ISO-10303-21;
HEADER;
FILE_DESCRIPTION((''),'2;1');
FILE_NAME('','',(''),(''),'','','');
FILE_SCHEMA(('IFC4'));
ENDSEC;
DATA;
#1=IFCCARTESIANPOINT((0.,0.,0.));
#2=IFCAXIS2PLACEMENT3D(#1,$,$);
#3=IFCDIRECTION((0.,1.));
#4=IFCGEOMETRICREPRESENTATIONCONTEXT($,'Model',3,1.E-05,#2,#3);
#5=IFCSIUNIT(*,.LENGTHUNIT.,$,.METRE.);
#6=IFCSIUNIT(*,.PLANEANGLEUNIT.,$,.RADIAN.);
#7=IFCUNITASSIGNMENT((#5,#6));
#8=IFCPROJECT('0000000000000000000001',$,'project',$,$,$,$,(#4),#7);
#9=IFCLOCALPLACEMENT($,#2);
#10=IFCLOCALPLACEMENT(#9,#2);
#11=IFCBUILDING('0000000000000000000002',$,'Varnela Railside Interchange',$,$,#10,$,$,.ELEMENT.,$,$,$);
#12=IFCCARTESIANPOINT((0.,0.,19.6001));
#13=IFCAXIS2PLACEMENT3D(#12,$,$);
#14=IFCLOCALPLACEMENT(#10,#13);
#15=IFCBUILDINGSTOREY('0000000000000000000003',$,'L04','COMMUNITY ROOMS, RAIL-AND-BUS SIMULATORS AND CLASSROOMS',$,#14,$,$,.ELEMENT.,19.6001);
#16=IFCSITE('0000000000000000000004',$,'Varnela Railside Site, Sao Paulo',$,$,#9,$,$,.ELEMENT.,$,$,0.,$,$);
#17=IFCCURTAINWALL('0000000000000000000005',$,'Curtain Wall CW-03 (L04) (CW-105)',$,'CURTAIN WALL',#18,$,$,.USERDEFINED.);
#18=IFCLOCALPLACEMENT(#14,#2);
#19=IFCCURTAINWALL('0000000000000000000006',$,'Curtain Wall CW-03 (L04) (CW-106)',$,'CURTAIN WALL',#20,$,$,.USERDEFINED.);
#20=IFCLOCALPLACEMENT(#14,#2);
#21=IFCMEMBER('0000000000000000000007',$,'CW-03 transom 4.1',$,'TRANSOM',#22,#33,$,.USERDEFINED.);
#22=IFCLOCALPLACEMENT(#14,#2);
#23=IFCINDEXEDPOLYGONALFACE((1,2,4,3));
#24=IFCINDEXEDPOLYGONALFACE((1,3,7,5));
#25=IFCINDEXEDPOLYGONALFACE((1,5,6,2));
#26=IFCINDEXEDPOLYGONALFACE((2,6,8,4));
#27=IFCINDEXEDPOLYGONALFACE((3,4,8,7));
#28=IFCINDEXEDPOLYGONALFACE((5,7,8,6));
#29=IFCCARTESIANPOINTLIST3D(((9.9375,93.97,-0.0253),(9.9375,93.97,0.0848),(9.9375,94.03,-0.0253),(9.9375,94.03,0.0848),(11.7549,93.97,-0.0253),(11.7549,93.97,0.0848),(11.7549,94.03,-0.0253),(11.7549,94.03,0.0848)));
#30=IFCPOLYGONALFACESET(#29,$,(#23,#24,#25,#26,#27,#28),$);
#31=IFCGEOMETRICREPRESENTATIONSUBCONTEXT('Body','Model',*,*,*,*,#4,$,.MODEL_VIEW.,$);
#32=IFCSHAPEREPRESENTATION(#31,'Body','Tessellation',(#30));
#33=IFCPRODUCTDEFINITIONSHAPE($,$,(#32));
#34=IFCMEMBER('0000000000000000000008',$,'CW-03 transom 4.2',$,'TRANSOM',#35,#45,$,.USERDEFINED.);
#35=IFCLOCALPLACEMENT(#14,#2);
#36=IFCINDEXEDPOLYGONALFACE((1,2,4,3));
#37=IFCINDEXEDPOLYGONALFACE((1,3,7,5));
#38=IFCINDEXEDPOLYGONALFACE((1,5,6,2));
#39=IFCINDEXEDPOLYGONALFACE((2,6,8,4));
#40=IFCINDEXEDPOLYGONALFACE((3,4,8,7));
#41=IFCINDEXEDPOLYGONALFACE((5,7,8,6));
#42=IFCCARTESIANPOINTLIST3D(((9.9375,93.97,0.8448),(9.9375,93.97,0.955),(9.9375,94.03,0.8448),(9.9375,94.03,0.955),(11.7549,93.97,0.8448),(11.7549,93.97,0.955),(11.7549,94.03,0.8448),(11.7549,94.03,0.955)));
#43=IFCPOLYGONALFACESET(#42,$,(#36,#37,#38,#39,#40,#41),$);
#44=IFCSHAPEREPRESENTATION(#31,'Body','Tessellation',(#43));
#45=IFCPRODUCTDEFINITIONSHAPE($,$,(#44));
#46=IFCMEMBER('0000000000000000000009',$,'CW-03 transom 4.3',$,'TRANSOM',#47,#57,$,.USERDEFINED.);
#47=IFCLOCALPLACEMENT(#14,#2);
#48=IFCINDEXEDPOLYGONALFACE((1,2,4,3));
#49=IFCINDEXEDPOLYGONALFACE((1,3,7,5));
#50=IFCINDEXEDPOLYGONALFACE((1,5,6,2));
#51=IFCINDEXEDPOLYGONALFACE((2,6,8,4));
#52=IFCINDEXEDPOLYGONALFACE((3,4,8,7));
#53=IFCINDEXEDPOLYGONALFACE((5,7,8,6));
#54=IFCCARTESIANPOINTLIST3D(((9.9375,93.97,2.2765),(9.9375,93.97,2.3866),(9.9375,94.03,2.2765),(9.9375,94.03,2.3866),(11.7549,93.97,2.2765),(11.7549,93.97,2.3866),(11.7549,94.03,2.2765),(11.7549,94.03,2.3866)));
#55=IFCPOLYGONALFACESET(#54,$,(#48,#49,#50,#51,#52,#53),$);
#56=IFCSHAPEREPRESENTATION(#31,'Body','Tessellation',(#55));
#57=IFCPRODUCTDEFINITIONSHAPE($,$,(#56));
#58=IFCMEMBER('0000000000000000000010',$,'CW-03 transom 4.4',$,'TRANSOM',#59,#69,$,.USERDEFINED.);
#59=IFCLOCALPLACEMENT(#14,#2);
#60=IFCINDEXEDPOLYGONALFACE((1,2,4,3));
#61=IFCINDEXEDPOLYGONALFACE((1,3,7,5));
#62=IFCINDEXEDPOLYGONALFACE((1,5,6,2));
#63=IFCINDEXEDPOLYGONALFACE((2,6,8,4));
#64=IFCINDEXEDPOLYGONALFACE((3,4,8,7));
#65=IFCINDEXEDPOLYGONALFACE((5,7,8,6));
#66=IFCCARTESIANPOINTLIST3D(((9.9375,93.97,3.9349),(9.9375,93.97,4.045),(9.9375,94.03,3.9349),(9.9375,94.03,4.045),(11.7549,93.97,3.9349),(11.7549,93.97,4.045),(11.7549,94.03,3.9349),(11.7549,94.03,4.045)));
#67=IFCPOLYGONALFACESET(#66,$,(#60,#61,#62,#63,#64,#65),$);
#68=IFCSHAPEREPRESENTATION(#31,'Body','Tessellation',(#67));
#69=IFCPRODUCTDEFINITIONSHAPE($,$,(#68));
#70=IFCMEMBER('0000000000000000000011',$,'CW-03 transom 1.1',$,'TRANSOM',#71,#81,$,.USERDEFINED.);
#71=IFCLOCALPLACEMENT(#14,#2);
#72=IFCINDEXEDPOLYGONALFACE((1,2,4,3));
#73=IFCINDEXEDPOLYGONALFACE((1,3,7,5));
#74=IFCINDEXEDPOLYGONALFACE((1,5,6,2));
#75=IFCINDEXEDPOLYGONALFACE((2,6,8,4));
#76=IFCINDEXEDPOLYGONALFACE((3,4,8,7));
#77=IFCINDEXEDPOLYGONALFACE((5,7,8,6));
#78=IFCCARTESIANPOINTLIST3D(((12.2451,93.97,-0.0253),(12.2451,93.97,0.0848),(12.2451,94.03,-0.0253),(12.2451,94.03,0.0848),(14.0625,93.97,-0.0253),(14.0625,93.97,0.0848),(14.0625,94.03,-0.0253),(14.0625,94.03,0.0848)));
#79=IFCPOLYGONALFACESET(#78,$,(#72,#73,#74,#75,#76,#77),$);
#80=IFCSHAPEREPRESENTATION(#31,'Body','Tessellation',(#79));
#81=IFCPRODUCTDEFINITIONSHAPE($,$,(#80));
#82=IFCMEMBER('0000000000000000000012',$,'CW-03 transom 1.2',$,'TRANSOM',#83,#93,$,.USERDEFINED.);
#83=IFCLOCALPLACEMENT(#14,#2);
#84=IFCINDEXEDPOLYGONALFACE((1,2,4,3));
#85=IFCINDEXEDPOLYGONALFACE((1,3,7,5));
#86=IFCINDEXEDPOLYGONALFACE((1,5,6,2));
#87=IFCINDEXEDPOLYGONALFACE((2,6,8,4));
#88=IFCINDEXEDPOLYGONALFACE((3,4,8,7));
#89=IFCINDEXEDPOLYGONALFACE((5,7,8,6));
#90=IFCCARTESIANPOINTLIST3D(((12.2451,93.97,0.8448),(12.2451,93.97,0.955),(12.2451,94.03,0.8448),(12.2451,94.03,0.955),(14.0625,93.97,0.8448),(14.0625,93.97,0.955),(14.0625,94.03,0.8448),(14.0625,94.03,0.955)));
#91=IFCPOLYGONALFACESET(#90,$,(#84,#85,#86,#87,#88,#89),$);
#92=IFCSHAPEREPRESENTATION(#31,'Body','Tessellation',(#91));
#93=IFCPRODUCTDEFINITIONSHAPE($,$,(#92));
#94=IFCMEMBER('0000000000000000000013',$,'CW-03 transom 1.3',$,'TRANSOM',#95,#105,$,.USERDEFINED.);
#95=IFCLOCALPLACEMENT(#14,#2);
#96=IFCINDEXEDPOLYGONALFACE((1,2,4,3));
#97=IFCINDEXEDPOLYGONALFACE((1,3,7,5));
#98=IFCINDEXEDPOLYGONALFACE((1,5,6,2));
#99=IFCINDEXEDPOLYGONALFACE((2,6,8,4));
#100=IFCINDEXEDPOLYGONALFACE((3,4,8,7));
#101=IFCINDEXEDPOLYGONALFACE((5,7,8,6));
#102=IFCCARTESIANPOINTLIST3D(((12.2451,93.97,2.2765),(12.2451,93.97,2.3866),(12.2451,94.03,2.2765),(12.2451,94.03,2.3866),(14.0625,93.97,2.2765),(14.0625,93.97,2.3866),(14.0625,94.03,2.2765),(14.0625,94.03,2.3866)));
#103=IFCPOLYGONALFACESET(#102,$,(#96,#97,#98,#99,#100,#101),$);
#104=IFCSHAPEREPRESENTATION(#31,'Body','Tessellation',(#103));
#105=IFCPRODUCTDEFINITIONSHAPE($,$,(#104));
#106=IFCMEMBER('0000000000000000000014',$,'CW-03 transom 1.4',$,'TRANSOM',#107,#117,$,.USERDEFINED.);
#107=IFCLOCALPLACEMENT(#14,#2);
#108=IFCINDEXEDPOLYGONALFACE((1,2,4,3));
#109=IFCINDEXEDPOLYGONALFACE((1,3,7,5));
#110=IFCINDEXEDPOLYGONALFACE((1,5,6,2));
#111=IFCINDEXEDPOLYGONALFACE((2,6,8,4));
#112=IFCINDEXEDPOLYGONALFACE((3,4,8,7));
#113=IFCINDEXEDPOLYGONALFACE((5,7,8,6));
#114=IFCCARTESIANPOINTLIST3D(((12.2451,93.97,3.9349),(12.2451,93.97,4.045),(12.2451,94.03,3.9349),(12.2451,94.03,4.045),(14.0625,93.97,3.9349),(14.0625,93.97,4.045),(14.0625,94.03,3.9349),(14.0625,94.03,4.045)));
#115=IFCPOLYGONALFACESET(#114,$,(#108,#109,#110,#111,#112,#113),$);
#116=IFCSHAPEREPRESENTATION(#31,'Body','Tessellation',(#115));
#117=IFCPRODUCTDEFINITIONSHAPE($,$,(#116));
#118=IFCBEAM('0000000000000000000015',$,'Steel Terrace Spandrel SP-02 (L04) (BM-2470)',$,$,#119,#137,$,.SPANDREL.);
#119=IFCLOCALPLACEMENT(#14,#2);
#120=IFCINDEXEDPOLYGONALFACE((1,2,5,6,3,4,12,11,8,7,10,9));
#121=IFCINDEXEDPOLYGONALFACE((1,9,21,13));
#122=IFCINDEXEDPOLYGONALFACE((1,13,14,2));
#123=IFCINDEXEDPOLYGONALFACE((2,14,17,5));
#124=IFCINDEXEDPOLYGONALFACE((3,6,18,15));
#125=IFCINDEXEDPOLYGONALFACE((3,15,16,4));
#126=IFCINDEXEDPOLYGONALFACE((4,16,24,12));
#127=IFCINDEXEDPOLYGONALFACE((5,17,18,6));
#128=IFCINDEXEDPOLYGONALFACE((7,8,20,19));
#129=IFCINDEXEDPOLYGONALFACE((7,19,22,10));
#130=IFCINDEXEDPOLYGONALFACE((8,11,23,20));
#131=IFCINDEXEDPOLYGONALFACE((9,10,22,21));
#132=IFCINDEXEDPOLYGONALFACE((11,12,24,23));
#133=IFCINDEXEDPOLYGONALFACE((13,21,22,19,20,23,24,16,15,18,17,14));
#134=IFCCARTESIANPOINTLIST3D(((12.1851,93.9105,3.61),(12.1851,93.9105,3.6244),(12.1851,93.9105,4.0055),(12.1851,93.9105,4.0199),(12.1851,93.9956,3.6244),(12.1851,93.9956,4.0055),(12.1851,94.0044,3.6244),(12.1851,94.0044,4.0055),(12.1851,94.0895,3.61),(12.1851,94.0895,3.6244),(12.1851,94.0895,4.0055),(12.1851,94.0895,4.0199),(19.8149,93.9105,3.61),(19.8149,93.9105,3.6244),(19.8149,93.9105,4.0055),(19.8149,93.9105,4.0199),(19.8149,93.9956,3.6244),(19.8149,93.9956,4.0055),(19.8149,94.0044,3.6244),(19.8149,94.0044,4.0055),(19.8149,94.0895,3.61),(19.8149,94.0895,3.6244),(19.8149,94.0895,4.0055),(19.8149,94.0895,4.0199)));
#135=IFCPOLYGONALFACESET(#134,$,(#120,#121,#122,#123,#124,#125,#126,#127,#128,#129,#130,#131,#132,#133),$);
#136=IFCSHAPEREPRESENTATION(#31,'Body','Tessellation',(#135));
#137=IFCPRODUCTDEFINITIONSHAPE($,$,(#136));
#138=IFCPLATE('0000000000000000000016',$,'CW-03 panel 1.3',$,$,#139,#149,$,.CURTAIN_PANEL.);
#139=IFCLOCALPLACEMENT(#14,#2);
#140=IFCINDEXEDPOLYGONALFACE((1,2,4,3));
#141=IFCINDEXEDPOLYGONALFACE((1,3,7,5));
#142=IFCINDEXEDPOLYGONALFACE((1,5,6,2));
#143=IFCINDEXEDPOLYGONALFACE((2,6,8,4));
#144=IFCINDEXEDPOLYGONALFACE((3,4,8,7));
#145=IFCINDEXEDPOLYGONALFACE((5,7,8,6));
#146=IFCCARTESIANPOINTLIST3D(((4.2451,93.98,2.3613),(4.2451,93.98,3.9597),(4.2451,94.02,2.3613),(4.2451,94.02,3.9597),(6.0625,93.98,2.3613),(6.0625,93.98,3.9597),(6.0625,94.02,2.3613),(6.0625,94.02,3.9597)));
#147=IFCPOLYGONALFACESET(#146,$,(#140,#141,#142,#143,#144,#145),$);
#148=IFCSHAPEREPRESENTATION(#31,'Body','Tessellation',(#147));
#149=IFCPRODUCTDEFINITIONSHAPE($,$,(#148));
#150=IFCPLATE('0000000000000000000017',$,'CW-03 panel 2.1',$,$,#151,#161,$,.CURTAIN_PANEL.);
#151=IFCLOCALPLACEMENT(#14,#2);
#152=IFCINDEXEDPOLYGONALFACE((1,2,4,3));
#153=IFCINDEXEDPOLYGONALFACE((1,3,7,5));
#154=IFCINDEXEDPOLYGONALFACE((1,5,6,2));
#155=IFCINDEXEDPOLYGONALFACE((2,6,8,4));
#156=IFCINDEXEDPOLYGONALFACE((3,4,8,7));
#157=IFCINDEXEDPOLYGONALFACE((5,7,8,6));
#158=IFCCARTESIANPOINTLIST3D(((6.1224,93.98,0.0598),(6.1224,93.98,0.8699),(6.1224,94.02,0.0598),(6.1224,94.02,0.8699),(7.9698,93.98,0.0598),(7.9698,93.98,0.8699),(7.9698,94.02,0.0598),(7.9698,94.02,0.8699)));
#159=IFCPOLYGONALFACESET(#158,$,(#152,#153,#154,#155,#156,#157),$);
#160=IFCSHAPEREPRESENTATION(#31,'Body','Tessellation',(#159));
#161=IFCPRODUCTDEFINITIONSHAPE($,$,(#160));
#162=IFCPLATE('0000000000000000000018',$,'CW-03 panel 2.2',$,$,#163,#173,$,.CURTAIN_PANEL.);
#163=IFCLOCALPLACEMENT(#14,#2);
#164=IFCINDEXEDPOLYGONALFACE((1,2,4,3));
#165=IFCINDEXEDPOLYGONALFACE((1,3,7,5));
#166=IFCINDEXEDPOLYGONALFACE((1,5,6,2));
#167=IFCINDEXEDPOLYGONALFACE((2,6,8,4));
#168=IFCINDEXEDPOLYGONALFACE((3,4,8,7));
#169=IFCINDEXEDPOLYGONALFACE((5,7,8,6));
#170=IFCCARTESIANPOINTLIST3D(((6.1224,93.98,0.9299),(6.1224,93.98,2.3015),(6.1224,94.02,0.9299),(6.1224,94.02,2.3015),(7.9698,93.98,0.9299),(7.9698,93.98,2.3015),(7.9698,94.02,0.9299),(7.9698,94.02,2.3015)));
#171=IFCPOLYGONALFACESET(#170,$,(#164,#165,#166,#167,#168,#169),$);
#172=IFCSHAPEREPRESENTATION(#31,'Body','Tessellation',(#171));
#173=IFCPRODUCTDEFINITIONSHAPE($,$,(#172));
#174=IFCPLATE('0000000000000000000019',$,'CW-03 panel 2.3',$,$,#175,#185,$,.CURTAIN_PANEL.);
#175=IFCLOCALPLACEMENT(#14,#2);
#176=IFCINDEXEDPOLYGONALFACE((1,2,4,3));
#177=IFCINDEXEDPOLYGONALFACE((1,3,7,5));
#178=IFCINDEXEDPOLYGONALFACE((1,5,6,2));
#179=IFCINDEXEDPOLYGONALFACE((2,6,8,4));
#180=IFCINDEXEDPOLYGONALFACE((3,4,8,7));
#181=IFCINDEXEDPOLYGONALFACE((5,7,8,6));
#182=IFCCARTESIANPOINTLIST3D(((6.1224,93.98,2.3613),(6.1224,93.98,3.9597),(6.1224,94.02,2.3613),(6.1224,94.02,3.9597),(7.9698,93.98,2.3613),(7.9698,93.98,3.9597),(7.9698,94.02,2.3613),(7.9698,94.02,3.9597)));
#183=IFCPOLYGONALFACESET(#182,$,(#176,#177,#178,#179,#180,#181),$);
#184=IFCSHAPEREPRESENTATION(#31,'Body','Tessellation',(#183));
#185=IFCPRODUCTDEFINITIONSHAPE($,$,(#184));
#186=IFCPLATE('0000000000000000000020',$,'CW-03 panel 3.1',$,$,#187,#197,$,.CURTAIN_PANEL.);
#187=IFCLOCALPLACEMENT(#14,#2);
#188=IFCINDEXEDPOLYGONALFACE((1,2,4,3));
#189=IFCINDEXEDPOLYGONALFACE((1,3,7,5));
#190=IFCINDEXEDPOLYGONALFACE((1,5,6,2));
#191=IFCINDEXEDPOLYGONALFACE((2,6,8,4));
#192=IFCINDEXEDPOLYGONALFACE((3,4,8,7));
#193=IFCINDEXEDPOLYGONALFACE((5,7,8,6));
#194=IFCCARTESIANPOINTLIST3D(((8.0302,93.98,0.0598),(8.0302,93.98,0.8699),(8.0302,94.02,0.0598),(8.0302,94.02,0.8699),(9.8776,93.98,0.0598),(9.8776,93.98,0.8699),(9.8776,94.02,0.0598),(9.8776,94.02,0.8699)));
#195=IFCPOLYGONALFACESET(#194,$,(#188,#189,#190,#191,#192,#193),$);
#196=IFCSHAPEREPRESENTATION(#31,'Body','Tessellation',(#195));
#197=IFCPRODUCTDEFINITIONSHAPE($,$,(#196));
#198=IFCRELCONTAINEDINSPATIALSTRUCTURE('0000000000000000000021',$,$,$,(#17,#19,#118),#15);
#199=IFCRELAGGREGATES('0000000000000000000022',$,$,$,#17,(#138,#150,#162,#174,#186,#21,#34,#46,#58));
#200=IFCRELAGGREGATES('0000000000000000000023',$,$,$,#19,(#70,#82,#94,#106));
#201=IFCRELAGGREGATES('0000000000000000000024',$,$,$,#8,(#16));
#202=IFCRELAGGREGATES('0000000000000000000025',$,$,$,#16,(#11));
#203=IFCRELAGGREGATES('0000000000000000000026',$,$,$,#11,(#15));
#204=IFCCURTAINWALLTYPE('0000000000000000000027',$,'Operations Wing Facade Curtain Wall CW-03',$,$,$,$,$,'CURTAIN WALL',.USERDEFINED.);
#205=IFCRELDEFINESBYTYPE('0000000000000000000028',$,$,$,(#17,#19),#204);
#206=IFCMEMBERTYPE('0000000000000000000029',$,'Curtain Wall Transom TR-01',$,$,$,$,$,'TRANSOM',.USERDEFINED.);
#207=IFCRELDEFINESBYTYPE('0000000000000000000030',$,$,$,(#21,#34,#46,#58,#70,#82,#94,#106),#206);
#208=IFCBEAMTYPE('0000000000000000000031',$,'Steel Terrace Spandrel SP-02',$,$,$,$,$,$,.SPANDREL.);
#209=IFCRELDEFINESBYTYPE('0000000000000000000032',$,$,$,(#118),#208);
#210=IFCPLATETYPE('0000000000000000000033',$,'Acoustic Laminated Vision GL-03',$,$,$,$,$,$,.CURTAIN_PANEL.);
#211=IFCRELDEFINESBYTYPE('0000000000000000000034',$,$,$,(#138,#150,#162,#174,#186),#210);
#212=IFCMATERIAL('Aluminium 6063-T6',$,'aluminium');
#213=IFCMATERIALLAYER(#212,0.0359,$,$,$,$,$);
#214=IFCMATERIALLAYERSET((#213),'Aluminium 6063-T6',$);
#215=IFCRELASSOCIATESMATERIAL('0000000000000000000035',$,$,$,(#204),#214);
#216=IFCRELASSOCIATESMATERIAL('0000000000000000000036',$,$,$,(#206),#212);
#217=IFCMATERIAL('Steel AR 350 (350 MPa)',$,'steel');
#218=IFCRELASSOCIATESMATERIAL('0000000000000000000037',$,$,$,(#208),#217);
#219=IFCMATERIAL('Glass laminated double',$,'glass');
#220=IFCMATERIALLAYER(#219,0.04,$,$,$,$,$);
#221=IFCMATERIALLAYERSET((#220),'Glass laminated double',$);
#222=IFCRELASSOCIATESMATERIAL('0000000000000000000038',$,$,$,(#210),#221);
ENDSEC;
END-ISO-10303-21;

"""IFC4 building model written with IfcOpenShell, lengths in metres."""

from ifc_helpers import new_model, si_unit, direction, frame, origin, origin_2d, place, context, subcontext, project, spatial, rectangle, i_section, extrude, material, layer, layer_set, material_profile, profile_set, type_object, element, aggregate, save


model = new_model("IFC4")

# Units and contexts
model_context = context("Model", 3, precision=1e-05, world=origin(), true_north=direction((0.0, 1.0)))
body_context = subcontext(model_context, "Body", "Model", "MODEL_VIEW")
ifc_project = project(units=[si_unit("LENGTHUNIT", "METRE"), si_unit("PLANEANGLEUNIT", "RADIAN")], contexts=[model_context])

# Site, building, storey
site_placement = place(None, origin())
site = spatial("IfcSite", under=ifc_project, at=site_placement, Name="Varnela Railside Site, Sao Paulo", CompositionType="ELEMENT", RefElevation=0.0)
building_placement = place(site_placement, origin())
building = spatial("IfcBuilding", under=site, at=building_placement, Name="Varnela Railside Interchange", CompositionType="ELEMENT")
storey_placement = place(building_placement, frame((0.0, 0.0, 19.6001)))
storey = spatial("IfcBuildingStorey", under=building, at=storey_placement, Name="L04", Description="COMMUNITY ROOMS, RAIL-AND-BUS SIMULATORS AND CLASSROOMS", CompositionType="ELEMENT", Elevation=19.6001)

# Shared definitions
ifc_material_1 = material(Name="Steel AR 350 (350 MPa)", Category="steel")

# Curtain wall
ifc_material_2 = material(Name="Aluminium 6063-T6", Category="aluminium")
ifc_layer_1 = layer(ifc_material_2, 0.0359)
ifc_layer_set_1 = layer_set([ifc_layer_1], Name="Aluminium 6063-T6")
curtain_wall_type = type_object("IfcCurtainWallType", Name="Operations Wing Facade Curtain Wall CW-03", ElementType="CURTAIN WALL", PredefinedType="USERDEFINED", material=ifc_layer_set_1)
curtain_wall_1_placement = place(storey_placement, origin())
curtain_wall_1 = element("IfcCurtainWall", 1, at=curtain_wall_1_placement, inside=storey, type_object=curtain_wall_type, Name="Curtain Wall CW-03 (L04) (CW-105)", ObjectType="CURTAIN WALL", PredefinedType="USERDEFINED")

# Curtain wall
curtain_wall_2_placement = place(storey_placement, origin())
curtain_wall_2 = element("IfcCurtainWall", 2, at=curtain_wall_2_placement, inside=storey, type_object=curtain_wall_type, Name="Curtain Wall CW-03 (L04) (CW-106)", ObjectType="CURTAIN WALL", PredefinedType="USERDEFINED")

# Members
ifc_material_profile_1 = material_profile(ifc_material_2, rectangle(XDim=0.0601, YDim=0.1101, at=origin_2d()), Name="ALU 60x110")
ifc_profile_set_1 = profile_set([ifc_material_profile_1], Name="Aluminium 6063-T6")
member_type_1 = type_object("IfcMemberType", Name="Curtain Wall Transom TR-01", ElementType="TRANSOM", PredefinedType="USERDEFINED", material=ifc_profile_set_1)
member_1_placement = place(storey_placement, frame((9.9375, 94.0, 0.0298), z_axis=(1.0, 0.0, 0.0), x_axis=(0.0, 1.0, 0.0)))
member_1 = element("IfcMember", 3, at=member_1_placement, type_object=member_type_1, Name="CW-03 transom 4.1", ObjectType="TRANSOM", PredefinedType="USERDEFINED", context=body_context, shape_type="SweptSolid", body=[
    extrude(rectangle(XDim=0.0601, YDim=0.1101, at=origin_2d()), origin(), (0.0, 0.0, 1.0), 1.8174),
])
member_2_placement = place(storey_placement, frame((9.9375, 94.0, 0.8999), z_axis=(1.0, 0.0, 0.0), x_axis=(0.0, 1.0, 0.0)))
member_2 = element("IfcMember", 4, at=member_2_placement, type_object=member_type_1, Name="CW-03 transom 4.2", ObjectType="TRANSOM", PredefinedType="USERDEFINED", context=body_context, shape_type="SweptSolid", body=[
    extrude(rectangle(XDim=0.0601, YDim=0.1101, at=origin_2d()), origin(), (0.0, 0.0, 1.0), 1.8174),
])
member_3_placement = place(storey_placement, frame((9.9375, 94.0, 2.3315), z_axis=(1.0, 0.0, 0.0), x_axis=(0.0, 1.0, 0.0)))
member_3 = element("IfcMember", 5, at=member_3_placement, type_object=member_type_1, Name="CW-03 transom 4.3", ObjectType="TRANSOM", PredefinedType="USERDEFINED", context=body_context, shape_type="SweptSolid", body=[
    extrude(rectangle(XDim=0.0601, YDim=0.1101, at=origin_2d()), origin(), (0.0, 0.0, 1.0), 1.8174),
])
member_4_placement = place(storey_placement, frame((9.9375, 94.0, 3.99), z_axis=(1.0, 0.0, 0.0), x_axis=(0.0, 1.0, 0.0)))
member_4 = element("IfcMember", 6, at=member_4_placement, type_object=member_type_1, Name="CW-03 transom 4.4", ObjectType="TRANSOM", PredefinedType="USERDEFINED", context=body_context, shape_type="SweptSolid", body=[
    extrude(rectangle(XDim=0.0601, YDim=0.1101, at=origin_2d()), origin(), (0.0, 0.0, 1.0), 1.8174),
])
member_5_placement = place(storey_placement, frame((12.2451, 94.0, 0.0298), z_axis=(1.0, 0.0, 0.0), x_axis=(0.0, 1.0, 0.0)))
member_5 = element("IfcMember", 7, at=member_5_placement, type_object=member_type_1, Name="CW-03 transom 1.1", ObjectType="TRANSOM", PredefinedType="USERDEFINED", context=body_context, shape_type="SweptSolid", body=[
    extrude(rectangle(XDim=0.0601, YDim=0.1101, at=origin_2d()), origin(), (0.0, 0.0, 1.0), 1.8174),
])
member_6_placement = place(storey_placement, frame((12.2451, 94.0, 0.8999), z_axis=(1.0, 0.0, 0.0), x_axis=(0.0, 1.0, 0.0)))
member_6 = element("IfcMember", 8, at=member_6_placement, type_object=member_type_1, Name="CW-03 transom 1.2", ObjectType="TRANSOM", PredefinedType="USERDEFINED", context=body_context, shape_type="SweptSolid", body=[
    extrude(rectangle(XDim=0.0601, YDim=0.1101, at=origin_2d()), origin(), (0.0, 0.0, 1.0), 1.8174),
])
member_7_placement = place(storey_placement, frame((12.2451, 94.0, 2.3315), z_axis=(1.0, 0.0, 0.0), x_axis=(0.0, 1.0, 0.0)))
member_7 = element("IfcMember", 9, at=member_7_placement, type_object=member_type_1, Name="CW-03 transom 1.3", ObjectType="TRANSOM", PredefinedType="USERDEFINED", context=body_context, shape_type="SweptSolid", body=[
    extrude(rectangle(XDim=0.0601, YDim=0.1101, at=origin_2d()), origin(), (0.0, 0.0, 1.0), 1.8174),
])
member_8_placement = place(storey_placement, frame((12.2451, 94.0, 3.99), z_axis=(1.0, 0.0, 0.0), x_axis=(0.0, 1.0, 0.0)))
member_8 = element("IfcMember", 10, at=member_8_placement, type_object=member_type_1, Name="CW-03 transom 1.4", ObjectType="TRANSOM", PredefinedType="USERDEFINED", context=body_context, shape_type="SweptSolid", body=[
    extrude(rectangle(XDim=0.0601, YDim=0.1101, at=origin_2d()), origin(), (0.0, 0.0, 1.0), 1.8174),
])

# Beam
ifc_material_profile_2 = material_profile(ifc_material_1, i_section(OverallWidth=0.179, OverallDepth=0.4099, WebThickness=0.0088, FlangeThickness=0.0144, at=origin_2d()), Name="W410x67")
ifc_profile_set_2 = profile_set([ifc_material_profile_2], Name="Steel AR 350 (350 MPa)")
beam_type = type_object("IfcBeamType", Name="Steel Terrace Spandrel SP-02", PredefinedType="SPANDREL", material=ifc_profile_set_2)
beam_placement = place(storey_placement, frame((12.1851, 94.0, 3.8149), z_axis=(1.0, 0.0, 0.0), x_axis=(0.0, 1.0, 0.0)))
element("IfcBeam", 11, at=beam_placement, inside=storey, type_object=beam_type, Name="Steel Terrace Spandrel SP-02 (L04) (BM-2470)", PredefinedType="SPANDREL", context=body_context, shape_type="SweptSolid", body=[
    extrude(i_section(OverallWidth=0.179, OverallDepth=0.4099, WebThickness=0.0088, FlangeThickness=0.0144, at=origin_2d()), origin(), (0.0, 0.0, 1.0), 7.6299),
])

# Plates
ifc_material_3 = material(Name="Glass laminated double", Category="glass")
ifc_layer_2 = layer(ifc_material_3, 0.04)
ifc_layer_set_2 = layer_set([ifc_layer_2], Name="Glass laminated double")
plate_type = type_object("IfcPlateType", Name="Acoustic Laminated Vision GL-03", PredefinedType="CURTAIN_PANEL", material=ifc_layer_set_2)
plate_1_placement = place(storey_placement, frame((5.1538, 94.0, 2.3613), z_axis=(0.0, 0.0, 1.0), x_axis=(1.0, 0.0, 0.0)))
plate_1 = element("IfcPlate", 12, at=plate_1_placement, type_object=plate_type, Name="CW-03 panel 1.3", PredefinedType="CURTAIN_PANEL", context=body_context, shape_type="SweptSolid", body=[
    extrude(rectangle(XDim=1.8174, YDim=0.04, at=origin_2d()), origin(), (0.0, 0.0, 1.0), 1.5984),
])
plate_2_placement = place(storey_placement, frame((7.0461, 94.0, 0.0598), z_axis=(0.0, 0.0, 1.0), x_axis=(1.0, 0.0, 0.0)))
plate_2 = element("IfcPlate", 13, at=plate_2_placement, type_object=plate_type, Name="CW-03 panel 2.1", PredefinedType="CURTAIN_PANEL", context=body_context, shape_type="SweptSolid", body=[
    extrude(rectangle(XDim=1.8474, YDim=0.04, at=origin_2d()), origin(), (0.0, 0.0, 1.0), 0.8101),
])
plate_3_placement = place(storey_placement, frame((7.0461, 94.0, 0.9299), z_axis=(0.0, 0.0, 1.0), x_axis=(1.0, 0.0, 0.0)))
plate_3 = element("IfcPlate", 14, at=plate_3_placement, type_object=plate_type, Name="CW-03 panel 2.2", PredefinedType="CURTAIN_PANEL", context=body_context, shape_type="SweptSolid", body=[
    extrude(rectangle(XDim=1.8474, YDim=0.04, at=origin_2d()), origin(), (0.0, 0.0, 1.0), 1.3716),
])
plate_4_placement = place(storey_placement, frame((7.0461, 94.0, 2.3613), z_axis=(0.0, 0.0, 1.0), x_axis=(1.0, 0.0, 0.0)))
plate_4 = element("IfcPlate", 15, at=plate_4_placement, type_object=plate_type, Name="CW-03 panel 2.3", PredefinedType="CURTAIN_PANEL", context=body_context, shape_type="SweptSolid", body=[
    extrude(rectangle(XDim=1.8474, YDim=0.04, at=origin_2d()), origin(), (0.0, 0.0, 1.0), 1.5984),
])
plate_5_placement = place(storey_placement, frame((8.9539, 94.0, 0.0598), z_axis=(0.0, 0.0, 1.0), x_axis=(1.0, 0.0, 0.0)))
plate_5 = element("IfcPlate", 16, at=plate_5_placement, type_object=plate_type, Name="CW-03 panel 3.1", PredefinedType="CURTAIN_PANEL", context=body_context, shape_type="SweptSolid", body=[
    extrude(rectangle(XDim=1.8474, YDim=0.04, at=origin_2d()), origin(), (0.0, 0.0, 1.0), 0.8101),
])
aggregate(curtain_wall_1, [plate_1, plate_2, plate_3, plate_4, plate_5, member_1, member_2, member_3, member_4])
aggregate(curtain_wall_2, [member_5, member_6, member_7, member_8])

save(model, "model.ifc")
